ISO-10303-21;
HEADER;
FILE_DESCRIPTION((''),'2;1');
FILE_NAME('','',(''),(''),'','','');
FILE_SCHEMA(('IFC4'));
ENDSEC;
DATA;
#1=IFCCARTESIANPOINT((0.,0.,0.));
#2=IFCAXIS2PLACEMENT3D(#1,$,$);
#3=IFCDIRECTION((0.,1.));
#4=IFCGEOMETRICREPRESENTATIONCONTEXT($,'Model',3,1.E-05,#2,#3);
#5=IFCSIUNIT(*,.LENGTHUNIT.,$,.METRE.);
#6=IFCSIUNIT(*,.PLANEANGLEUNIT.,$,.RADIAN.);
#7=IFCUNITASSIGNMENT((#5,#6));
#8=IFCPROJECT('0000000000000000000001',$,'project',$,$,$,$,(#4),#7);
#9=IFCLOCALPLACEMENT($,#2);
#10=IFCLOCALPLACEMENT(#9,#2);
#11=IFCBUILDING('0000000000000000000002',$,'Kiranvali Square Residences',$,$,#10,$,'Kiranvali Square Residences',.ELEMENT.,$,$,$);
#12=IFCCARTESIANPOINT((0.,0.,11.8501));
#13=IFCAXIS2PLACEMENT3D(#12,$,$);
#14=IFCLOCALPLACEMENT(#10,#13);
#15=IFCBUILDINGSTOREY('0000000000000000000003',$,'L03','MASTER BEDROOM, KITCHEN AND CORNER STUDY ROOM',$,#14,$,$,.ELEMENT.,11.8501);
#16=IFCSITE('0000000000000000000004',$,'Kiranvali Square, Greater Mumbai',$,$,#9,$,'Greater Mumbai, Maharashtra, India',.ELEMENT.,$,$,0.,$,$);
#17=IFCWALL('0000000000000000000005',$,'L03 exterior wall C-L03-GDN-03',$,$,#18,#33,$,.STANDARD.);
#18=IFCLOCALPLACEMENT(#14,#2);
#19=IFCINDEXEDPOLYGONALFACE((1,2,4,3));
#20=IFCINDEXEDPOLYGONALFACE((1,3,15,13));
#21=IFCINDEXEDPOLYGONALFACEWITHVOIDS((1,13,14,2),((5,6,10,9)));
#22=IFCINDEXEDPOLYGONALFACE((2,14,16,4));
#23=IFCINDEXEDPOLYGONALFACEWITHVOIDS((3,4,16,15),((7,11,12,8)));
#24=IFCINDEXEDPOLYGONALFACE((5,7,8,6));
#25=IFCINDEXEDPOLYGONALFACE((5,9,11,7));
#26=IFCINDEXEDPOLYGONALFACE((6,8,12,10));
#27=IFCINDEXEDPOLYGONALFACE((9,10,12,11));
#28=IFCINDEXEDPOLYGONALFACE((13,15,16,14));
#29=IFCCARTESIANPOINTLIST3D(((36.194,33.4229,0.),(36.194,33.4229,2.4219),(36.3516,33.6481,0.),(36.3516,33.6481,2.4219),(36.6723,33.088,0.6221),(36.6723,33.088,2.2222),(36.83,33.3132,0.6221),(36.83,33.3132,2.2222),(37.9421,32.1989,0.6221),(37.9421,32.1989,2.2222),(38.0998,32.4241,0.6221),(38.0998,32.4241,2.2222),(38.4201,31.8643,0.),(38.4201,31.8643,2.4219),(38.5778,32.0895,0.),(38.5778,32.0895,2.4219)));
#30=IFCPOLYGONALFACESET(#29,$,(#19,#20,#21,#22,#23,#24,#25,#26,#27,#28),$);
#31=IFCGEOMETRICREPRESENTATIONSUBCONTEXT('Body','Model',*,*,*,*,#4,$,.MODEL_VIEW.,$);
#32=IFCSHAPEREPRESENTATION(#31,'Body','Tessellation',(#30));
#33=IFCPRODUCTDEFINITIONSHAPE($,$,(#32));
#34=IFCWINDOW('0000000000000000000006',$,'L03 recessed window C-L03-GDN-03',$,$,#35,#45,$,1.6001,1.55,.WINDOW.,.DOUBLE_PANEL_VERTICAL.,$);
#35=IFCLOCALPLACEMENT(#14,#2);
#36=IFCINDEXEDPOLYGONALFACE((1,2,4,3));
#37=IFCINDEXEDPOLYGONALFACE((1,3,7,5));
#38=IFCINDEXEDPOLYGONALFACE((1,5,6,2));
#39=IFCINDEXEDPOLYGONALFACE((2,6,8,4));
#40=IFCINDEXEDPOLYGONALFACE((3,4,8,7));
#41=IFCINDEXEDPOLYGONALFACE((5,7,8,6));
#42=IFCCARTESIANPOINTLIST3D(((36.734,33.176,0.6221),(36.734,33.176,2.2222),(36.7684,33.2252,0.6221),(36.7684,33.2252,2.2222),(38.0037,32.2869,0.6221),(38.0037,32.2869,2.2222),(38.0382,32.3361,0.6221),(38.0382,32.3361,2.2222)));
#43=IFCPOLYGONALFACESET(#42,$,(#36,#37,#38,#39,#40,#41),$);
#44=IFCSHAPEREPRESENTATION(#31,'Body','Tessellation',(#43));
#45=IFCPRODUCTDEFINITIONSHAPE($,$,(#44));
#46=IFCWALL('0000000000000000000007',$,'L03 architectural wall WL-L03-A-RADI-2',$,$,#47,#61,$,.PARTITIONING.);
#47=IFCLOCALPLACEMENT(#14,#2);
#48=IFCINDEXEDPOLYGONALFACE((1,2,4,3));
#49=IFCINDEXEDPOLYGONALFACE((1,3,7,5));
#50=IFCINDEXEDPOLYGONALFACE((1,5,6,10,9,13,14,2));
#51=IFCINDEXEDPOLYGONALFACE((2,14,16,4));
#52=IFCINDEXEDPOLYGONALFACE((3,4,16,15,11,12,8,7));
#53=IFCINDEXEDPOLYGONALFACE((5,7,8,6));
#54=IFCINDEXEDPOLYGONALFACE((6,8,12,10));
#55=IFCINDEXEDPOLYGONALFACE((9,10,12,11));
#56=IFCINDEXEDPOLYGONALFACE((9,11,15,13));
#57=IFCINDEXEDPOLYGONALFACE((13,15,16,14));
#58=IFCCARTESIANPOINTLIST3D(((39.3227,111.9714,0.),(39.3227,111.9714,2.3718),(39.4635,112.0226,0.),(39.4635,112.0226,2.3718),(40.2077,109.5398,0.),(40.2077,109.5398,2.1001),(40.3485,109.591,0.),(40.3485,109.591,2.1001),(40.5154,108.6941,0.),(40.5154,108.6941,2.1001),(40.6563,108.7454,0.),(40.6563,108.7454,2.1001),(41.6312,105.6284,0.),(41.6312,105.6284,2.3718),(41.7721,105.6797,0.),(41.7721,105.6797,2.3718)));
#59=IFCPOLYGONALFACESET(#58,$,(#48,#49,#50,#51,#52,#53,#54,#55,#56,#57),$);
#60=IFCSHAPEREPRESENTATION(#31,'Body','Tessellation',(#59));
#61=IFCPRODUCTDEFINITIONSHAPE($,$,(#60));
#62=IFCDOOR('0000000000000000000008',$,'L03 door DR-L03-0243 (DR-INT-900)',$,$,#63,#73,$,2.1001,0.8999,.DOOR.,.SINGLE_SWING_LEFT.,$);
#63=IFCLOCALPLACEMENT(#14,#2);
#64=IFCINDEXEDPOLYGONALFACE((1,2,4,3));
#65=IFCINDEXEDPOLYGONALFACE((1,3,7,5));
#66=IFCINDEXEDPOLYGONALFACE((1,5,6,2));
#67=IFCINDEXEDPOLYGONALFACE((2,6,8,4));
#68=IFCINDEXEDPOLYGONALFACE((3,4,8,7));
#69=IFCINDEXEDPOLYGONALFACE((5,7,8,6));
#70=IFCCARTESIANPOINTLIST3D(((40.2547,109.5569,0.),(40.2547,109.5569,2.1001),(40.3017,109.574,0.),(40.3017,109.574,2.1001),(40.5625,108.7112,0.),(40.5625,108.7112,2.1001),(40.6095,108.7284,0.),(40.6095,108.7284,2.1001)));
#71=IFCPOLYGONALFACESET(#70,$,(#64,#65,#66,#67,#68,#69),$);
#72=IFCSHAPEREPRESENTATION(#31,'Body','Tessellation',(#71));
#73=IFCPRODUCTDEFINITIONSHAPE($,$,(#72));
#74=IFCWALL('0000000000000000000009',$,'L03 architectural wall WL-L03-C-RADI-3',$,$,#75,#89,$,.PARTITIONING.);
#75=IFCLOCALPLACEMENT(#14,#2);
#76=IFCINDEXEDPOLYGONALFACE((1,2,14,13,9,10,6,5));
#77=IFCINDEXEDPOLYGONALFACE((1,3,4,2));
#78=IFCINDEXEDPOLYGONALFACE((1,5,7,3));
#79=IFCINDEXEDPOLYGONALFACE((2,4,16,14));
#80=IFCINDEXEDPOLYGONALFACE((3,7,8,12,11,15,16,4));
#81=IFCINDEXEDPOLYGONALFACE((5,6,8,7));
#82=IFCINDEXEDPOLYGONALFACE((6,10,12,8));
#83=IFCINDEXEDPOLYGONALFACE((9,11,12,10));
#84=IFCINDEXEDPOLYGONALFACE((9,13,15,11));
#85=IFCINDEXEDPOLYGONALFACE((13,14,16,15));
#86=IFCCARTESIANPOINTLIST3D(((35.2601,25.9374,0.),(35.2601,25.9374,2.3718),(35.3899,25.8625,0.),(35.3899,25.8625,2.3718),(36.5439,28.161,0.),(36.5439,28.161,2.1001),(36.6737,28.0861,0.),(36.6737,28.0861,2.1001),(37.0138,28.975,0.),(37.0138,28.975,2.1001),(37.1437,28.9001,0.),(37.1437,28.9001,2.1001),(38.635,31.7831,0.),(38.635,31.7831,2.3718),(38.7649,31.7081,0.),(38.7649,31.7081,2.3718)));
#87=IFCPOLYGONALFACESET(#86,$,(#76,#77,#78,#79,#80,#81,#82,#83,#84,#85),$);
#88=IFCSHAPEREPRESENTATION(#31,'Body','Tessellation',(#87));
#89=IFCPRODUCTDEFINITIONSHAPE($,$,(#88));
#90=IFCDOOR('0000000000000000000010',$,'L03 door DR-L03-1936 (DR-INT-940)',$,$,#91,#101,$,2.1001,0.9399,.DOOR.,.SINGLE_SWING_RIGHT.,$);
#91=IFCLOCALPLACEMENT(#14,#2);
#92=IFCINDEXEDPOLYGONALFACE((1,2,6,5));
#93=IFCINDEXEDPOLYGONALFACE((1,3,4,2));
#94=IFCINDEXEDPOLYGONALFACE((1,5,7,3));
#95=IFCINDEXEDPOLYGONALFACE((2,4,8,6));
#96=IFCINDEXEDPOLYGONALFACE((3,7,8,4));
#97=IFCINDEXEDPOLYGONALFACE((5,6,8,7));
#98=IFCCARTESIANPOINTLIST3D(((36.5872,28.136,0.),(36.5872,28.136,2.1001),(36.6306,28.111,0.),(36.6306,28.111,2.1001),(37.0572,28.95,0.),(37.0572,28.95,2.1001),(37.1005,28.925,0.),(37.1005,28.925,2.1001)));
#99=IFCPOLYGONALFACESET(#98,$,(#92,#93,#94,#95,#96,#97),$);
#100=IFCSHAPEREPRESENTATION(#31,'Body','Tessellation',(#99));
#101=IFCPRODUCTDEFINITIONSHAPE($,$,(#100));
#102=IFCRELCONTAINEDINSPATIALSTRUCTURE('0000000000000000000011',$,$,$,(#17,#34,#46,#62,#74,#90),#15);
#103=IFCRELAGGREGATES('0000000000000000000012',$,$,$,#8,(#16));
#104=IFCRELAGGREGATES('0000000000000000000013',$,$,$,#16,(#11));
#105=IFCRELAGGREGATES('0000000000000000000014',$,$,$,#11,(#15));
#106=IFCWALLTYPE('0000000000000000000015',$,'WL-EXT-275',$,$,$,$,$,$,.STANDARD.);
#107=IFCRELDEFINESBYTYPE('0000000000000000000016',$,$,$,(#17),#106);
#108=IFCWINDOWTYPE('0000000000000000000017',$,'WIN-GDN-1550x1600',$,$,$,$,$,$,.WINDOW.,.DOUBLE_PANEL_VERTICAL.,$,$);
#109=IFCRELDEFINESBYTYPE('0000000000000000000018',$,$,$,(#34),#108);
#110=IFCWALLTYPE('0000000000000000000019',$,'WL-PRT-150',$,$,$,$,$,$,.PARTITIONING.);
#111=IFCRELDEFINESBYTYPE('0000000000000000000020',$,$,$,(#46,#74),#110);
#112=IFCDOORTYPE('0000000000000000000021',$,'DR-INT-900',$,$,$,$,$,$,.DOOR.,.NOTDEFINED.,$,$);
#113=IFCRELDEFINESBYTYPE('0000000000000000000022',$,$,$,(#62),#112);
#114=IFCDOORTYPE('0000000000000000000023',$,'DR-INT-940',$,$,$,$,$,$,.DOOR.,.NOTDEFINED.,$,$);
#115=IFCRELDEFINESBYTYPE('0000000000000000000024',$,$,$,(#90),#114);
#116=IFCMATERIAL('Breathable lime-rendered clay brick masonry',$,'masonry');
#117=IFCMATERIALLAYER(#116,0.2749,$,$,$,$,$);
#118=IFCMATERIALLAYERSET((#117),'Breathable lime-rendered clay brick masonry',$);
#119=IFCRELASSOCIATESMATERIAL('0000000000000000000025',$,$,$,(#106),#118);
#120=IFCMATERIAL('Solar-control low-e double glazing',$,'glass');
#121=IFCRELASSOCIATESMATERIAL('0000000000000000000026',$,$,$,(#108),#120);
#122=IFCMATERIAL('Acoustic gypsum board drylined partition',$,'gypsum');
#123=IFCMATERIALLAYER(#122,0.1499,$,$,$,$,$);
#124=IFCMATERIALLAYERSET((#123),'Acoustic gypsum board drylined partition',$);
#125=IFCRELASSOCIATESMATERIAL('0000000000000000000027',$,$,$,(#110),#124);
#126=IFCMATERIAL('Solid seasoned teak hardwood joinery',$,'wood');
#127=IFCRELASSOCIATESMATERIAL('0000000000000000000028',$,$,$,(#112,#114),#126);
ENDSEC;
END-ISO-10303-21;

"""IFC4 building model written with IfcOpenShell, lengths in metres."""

from ifc_helpers import new_model, si_unit, direction, frame, frame_2d, origin, place, context, subcontext, project, spatial, rectangle, extrude, material, layer, layer_set, type_object, element, fill, save


model = new_model("IFC4")

# Units and contexts
model_context = context("Model", 3, precision=1e-05, world=origin(), true_north=direction((0.0, 1.0)))
body_context = subcontext(model_context, "Body", "Model", "MODEL_VIEW")
ifc_project = project(units=[si_unit("LENGTHUNIT", "METRE"), si_unit("PLANEANGLEUNIT", "RADIAN")], contexts=[model_context])

# Site, building, storey
site_placement = place(None, origin())
site = spatial("IfcSite", under=ifc_project, at=site_placement, Name="Kiranvali Square, Greater Mumbai", LongName="Greater Mumbai, Maharashtra, India", CompositionType="ELEMENT", RefElevation=0.0)
building_placement = place(site_placement, origin())
building = spatial("IfcBuilding", under=site, at=building_placement, Name="Kiranvali Square Residences", LongName="Kiranvali Square Residences", CompositionType="ELEMENT")
storey_placement = place(building_placement, frame((0.0, 0.0, 11.8501)))
storey = spatial("IfcBuildingStorey", under=building, at=storey_placement, Name="L03", Description="MASTER BEDROOM, KITCHEN AND CORNER STUDY ROOM", CompositionType="ELEMENT", Elevation=11.8501)

# Shared definitions
ifc_material_1 = material(Name="Breathable lime-rendered clay brick masonry", Category="masonry")
ifc_layer_1 = layer(ifc_material_1, 0.2749)
ifc_layer_set_1 = layer_set([ifc_layer_1], Name="Breathable lime-rendered clay brick masonry")
wall_type_1 = type_object("IfcWallType", Name="WL-EXT-275", PredefinedType="STANDARD", material=ifc_layer_set_1)

# Wall, opening, window
ifc_material_2 = material(Name="Solar-control low-e double glazing", Category="glass")
window_type = type_object("IfcWindowType", Name="WIN-GDN-1550x1600", PartitioningType="DOUBLE_PANEL_VERTICAL", PredefinedType="WINDOW", material=ifc_material_2)
wall_1_placement = place(storey_placement, frame((38.499, 31.9768, 0.0), z_axis=(0.0, 0.0, 1.0), x_axis=(-0.819173, 0.573547, 0.0)))
wall_1 = element("IfcWall", 1, at=wall_1_placement, inside=storey, type_object=wall_type_1, Name="L03 exterior wall C-L03-GDN-03", PredefinedType="STANDARD", context=body_context, shape_type="SweptSolid", body=[
    extrude(rectangle(XDim=2.7175, YDim=0.2749, at=frame_2d((1.3589, 0.0))), origin(), (0.0, 0.0, 1.0), 2.4219),
])
opening_1_placement = place(wall_1_placement, frame((0.5837, 0.0, 0.6221)))
opening_1 = element("IfcOpeningElement", 2, at=opening_1_placement, cuts=wall_1, PredefinedType="OPENING", context=body_context, shape_type="SweptSolid", body=[
    extrude(rectangle(XDim=1.55, YDim=1.6001, at=frame_2d((0.7749, 0.8))), frame((0.0, 0.1475, 0.0), z_axis=(0.0, -1.0, 0.0), x_axis=(1.0, 0.0, 0.0)), (0.0, 0.0, 1.0), 0.2949),
])
window_1_placement = place(opening_1_placement, origin())
window_1 = element("IfcWindow", 3, at=window_1_placement, inside=storey, type_object=window_type, Name="L03 recessed window C-L03-GDN-03", OverallHeight=1.6001, OverallWidth=1.55, PartitioningType="DOUBLE_PANEL_VERTICAL", PredefinedType="WINDOW", context=body_context, shape_type="SweptSolid", body=[
    extrude(rectangle(XDim=1.55, YDim=1.6001, at=frame_2d((0.7749, 0.8))), frame((0.0, 0.03, 0.0), z_axis=(0.0, -1.0, 0.0), x_axis=(1.0, 0.0, 0.0)), (0.0, 0.0, 1.0), 0.0601),
])
fill(opening_1, window_1)

# Walls, openings, doors
ifc_material_3 = material(Name="Acoustic gypsum board drylined partition", Category="gypsum")
ifc_layer_2 = layer(ifc_material_3, 0.1499)
ifc_layer_set_2 = layer_set([ifc_layer_2], Name="Acoustic gypsum board drylined partition")
wall_type_2 = type_object("IfcWallType", Name="WL-PRT-150", PredefinedType="PARTITIONING", material=ifc_layer_set_2)
wall_2_placement = place(storey_placement, frame((41.7017, 105.6541, 0.0), z_axis=(0.0, 0.0, 1.0), x_axis=(-0.34201, 0.939696, 0.0)))
wall_2 = element("IfcWall", 4, at=wall_2_placement, inside=storey, type_object=wall_type_2, Name="L03 architectural wall WL-L03-A-RADI-2", PredefinedType="PARTITIONING", context=body_context, shape_type="SweptSolid", body=[
    extrude(rectangle(XDim=6.75, YDim=0.1499, at=frame_2d((3.375, 0.0))), origin(), (0.0, 0.0, 1.0), 2.3718),
])
opening_2_placement = place(wall_2_placement, frame((3.2625, 0.0, 0.0)))
opening_2 = element("IfcOpeningElement", 5, at=opening_2_placement, cuts=wall_2, PredefinedType="OPENING", context=body_context, shape_type="SweptSolid", body=[
    extrude(rectangle(XDim=0.8999, YDim=2.1001, at=frame_2d((0.45, 1.05))), frame((0.0, 0.085, 0.0), z_axis=(0.0, -1.0, 0.0), x_axis=(1.0, 0.0, 0.0)), (0.0, 0.0, 1.0), 0.1699),
])
ifc_material_4 = material(Name="Solid seasoned teak hardwood joinery", Category="wood")
door_type_1 = type_object("IfcDoorType", Name="DR-INT-900", OperationType="NOTDEFINED", PredefinedType="DOOR", material=ifc_material_4)
door_1_placement = place(opening_2_placement, origin())
door_1 = element("IfcDoor", 6, at=door_1_placement, inside=storey, type_object=door_type_1, Name="L03 door DR-L03-0243 (DR-INT-900)", OperationType="SINGLE_SWING_LEFT", OverallHeight=2.1001, OverallWidth=0.8999, PredefinedType="DOOR", context=body_context, shape_type="SweptSolid", body=[
    extrude(rectangle(XDim=0.8999, YDim=2.1001, at=frame_2d((0.45, 1.05))), frame((0.0, 0.0249, 0.0), z_axis=(0.0, -1.0, 0.0), x_axis=(1.0, 0.0, 0.0)), (0.0, 0.0, 1.0), 0.05),
])
fill(opening_2, door_1)
wall_3_placement = place(storey_placement, frame((38.7, 31.7456, 0.0), z_axis=(0.0, 0.0, 1.0), x_axis=(-0.499998, -0.866027, 0.0)))
wall_3 = element("IfcWall", 7, at=wall_3_placement, inside=storey, type_object=wall_type_2, Name="L03 architectural wall WL-L03-C-RADI-3", PredefinedType="PARTITIONING", context=body_context, shape_type="SweptSolid", body=[
    extrude(rectangle(XDim=6.75, YDim=0.1499, at=frame_2d((3.375, 0.0))), origin(), (0.0, 0.0, 1.0), 2.3718),
])
opening_3_placement = place(wall_3_placement, frame((3.2424, 0.0, 0.0)))
opening_3 = element("IfcOpeningElement", 8, at=opening_3_placement, cuts=wall_3, PredefinedType="OPENING", context=body_context, shape_type="SweptSolid", body=[
    extrude(rectangle(XDim=0.9399, YDim=2.1001, at=frame_2d((0.47, 1.05))), frame((0.0, 0.085, 0.0), z_axis=(0.0, -1.0, 0.0), x_axis=(1.0, 0.0, 0.0)), (0.0, 0.0, 1.0), 0.1699),
])
door_type_2 = type_object("IfcDoorType", Name="DR-INT-940", OperationType="NOTDEFINED", PredefinedType="DOOR", material=ifc_material_4)
door_2_placement = place(opening_3_placement, frame((0.9399, 0.0, 0.0), z_axis=(0.0, 0.0, 1.0), x_axis=(-1.0, 0.0, 0.0)))
door_2 = element("IfcDoor", 9, at=door_2_placement, inside=storey, type_object=door_type_2, Name="L03 door DR-L03-1936 (DR-INT-940)", OperationType="SINGLE_SWING_RIGHT", OverallHeight=2.1001, OverallWidth=0.9399, PredefinedType="DOOR", context=body_context, shape_type="SweptSolid", body=[
    extrude(rectangle(XDim=0.9399, YDim=2.1001, at=frame_2d((0.47, 1.05))), frame((0.0, 0.0249, 0.0), z_axis=(0.0, -1.0, 0.0), x_axis=(1.0, 0.0, 0.0)), (0.0, 0.0, 1.0), 0.05),
])
fill(opening_3, door_2)

save(model, "model.ifc")
